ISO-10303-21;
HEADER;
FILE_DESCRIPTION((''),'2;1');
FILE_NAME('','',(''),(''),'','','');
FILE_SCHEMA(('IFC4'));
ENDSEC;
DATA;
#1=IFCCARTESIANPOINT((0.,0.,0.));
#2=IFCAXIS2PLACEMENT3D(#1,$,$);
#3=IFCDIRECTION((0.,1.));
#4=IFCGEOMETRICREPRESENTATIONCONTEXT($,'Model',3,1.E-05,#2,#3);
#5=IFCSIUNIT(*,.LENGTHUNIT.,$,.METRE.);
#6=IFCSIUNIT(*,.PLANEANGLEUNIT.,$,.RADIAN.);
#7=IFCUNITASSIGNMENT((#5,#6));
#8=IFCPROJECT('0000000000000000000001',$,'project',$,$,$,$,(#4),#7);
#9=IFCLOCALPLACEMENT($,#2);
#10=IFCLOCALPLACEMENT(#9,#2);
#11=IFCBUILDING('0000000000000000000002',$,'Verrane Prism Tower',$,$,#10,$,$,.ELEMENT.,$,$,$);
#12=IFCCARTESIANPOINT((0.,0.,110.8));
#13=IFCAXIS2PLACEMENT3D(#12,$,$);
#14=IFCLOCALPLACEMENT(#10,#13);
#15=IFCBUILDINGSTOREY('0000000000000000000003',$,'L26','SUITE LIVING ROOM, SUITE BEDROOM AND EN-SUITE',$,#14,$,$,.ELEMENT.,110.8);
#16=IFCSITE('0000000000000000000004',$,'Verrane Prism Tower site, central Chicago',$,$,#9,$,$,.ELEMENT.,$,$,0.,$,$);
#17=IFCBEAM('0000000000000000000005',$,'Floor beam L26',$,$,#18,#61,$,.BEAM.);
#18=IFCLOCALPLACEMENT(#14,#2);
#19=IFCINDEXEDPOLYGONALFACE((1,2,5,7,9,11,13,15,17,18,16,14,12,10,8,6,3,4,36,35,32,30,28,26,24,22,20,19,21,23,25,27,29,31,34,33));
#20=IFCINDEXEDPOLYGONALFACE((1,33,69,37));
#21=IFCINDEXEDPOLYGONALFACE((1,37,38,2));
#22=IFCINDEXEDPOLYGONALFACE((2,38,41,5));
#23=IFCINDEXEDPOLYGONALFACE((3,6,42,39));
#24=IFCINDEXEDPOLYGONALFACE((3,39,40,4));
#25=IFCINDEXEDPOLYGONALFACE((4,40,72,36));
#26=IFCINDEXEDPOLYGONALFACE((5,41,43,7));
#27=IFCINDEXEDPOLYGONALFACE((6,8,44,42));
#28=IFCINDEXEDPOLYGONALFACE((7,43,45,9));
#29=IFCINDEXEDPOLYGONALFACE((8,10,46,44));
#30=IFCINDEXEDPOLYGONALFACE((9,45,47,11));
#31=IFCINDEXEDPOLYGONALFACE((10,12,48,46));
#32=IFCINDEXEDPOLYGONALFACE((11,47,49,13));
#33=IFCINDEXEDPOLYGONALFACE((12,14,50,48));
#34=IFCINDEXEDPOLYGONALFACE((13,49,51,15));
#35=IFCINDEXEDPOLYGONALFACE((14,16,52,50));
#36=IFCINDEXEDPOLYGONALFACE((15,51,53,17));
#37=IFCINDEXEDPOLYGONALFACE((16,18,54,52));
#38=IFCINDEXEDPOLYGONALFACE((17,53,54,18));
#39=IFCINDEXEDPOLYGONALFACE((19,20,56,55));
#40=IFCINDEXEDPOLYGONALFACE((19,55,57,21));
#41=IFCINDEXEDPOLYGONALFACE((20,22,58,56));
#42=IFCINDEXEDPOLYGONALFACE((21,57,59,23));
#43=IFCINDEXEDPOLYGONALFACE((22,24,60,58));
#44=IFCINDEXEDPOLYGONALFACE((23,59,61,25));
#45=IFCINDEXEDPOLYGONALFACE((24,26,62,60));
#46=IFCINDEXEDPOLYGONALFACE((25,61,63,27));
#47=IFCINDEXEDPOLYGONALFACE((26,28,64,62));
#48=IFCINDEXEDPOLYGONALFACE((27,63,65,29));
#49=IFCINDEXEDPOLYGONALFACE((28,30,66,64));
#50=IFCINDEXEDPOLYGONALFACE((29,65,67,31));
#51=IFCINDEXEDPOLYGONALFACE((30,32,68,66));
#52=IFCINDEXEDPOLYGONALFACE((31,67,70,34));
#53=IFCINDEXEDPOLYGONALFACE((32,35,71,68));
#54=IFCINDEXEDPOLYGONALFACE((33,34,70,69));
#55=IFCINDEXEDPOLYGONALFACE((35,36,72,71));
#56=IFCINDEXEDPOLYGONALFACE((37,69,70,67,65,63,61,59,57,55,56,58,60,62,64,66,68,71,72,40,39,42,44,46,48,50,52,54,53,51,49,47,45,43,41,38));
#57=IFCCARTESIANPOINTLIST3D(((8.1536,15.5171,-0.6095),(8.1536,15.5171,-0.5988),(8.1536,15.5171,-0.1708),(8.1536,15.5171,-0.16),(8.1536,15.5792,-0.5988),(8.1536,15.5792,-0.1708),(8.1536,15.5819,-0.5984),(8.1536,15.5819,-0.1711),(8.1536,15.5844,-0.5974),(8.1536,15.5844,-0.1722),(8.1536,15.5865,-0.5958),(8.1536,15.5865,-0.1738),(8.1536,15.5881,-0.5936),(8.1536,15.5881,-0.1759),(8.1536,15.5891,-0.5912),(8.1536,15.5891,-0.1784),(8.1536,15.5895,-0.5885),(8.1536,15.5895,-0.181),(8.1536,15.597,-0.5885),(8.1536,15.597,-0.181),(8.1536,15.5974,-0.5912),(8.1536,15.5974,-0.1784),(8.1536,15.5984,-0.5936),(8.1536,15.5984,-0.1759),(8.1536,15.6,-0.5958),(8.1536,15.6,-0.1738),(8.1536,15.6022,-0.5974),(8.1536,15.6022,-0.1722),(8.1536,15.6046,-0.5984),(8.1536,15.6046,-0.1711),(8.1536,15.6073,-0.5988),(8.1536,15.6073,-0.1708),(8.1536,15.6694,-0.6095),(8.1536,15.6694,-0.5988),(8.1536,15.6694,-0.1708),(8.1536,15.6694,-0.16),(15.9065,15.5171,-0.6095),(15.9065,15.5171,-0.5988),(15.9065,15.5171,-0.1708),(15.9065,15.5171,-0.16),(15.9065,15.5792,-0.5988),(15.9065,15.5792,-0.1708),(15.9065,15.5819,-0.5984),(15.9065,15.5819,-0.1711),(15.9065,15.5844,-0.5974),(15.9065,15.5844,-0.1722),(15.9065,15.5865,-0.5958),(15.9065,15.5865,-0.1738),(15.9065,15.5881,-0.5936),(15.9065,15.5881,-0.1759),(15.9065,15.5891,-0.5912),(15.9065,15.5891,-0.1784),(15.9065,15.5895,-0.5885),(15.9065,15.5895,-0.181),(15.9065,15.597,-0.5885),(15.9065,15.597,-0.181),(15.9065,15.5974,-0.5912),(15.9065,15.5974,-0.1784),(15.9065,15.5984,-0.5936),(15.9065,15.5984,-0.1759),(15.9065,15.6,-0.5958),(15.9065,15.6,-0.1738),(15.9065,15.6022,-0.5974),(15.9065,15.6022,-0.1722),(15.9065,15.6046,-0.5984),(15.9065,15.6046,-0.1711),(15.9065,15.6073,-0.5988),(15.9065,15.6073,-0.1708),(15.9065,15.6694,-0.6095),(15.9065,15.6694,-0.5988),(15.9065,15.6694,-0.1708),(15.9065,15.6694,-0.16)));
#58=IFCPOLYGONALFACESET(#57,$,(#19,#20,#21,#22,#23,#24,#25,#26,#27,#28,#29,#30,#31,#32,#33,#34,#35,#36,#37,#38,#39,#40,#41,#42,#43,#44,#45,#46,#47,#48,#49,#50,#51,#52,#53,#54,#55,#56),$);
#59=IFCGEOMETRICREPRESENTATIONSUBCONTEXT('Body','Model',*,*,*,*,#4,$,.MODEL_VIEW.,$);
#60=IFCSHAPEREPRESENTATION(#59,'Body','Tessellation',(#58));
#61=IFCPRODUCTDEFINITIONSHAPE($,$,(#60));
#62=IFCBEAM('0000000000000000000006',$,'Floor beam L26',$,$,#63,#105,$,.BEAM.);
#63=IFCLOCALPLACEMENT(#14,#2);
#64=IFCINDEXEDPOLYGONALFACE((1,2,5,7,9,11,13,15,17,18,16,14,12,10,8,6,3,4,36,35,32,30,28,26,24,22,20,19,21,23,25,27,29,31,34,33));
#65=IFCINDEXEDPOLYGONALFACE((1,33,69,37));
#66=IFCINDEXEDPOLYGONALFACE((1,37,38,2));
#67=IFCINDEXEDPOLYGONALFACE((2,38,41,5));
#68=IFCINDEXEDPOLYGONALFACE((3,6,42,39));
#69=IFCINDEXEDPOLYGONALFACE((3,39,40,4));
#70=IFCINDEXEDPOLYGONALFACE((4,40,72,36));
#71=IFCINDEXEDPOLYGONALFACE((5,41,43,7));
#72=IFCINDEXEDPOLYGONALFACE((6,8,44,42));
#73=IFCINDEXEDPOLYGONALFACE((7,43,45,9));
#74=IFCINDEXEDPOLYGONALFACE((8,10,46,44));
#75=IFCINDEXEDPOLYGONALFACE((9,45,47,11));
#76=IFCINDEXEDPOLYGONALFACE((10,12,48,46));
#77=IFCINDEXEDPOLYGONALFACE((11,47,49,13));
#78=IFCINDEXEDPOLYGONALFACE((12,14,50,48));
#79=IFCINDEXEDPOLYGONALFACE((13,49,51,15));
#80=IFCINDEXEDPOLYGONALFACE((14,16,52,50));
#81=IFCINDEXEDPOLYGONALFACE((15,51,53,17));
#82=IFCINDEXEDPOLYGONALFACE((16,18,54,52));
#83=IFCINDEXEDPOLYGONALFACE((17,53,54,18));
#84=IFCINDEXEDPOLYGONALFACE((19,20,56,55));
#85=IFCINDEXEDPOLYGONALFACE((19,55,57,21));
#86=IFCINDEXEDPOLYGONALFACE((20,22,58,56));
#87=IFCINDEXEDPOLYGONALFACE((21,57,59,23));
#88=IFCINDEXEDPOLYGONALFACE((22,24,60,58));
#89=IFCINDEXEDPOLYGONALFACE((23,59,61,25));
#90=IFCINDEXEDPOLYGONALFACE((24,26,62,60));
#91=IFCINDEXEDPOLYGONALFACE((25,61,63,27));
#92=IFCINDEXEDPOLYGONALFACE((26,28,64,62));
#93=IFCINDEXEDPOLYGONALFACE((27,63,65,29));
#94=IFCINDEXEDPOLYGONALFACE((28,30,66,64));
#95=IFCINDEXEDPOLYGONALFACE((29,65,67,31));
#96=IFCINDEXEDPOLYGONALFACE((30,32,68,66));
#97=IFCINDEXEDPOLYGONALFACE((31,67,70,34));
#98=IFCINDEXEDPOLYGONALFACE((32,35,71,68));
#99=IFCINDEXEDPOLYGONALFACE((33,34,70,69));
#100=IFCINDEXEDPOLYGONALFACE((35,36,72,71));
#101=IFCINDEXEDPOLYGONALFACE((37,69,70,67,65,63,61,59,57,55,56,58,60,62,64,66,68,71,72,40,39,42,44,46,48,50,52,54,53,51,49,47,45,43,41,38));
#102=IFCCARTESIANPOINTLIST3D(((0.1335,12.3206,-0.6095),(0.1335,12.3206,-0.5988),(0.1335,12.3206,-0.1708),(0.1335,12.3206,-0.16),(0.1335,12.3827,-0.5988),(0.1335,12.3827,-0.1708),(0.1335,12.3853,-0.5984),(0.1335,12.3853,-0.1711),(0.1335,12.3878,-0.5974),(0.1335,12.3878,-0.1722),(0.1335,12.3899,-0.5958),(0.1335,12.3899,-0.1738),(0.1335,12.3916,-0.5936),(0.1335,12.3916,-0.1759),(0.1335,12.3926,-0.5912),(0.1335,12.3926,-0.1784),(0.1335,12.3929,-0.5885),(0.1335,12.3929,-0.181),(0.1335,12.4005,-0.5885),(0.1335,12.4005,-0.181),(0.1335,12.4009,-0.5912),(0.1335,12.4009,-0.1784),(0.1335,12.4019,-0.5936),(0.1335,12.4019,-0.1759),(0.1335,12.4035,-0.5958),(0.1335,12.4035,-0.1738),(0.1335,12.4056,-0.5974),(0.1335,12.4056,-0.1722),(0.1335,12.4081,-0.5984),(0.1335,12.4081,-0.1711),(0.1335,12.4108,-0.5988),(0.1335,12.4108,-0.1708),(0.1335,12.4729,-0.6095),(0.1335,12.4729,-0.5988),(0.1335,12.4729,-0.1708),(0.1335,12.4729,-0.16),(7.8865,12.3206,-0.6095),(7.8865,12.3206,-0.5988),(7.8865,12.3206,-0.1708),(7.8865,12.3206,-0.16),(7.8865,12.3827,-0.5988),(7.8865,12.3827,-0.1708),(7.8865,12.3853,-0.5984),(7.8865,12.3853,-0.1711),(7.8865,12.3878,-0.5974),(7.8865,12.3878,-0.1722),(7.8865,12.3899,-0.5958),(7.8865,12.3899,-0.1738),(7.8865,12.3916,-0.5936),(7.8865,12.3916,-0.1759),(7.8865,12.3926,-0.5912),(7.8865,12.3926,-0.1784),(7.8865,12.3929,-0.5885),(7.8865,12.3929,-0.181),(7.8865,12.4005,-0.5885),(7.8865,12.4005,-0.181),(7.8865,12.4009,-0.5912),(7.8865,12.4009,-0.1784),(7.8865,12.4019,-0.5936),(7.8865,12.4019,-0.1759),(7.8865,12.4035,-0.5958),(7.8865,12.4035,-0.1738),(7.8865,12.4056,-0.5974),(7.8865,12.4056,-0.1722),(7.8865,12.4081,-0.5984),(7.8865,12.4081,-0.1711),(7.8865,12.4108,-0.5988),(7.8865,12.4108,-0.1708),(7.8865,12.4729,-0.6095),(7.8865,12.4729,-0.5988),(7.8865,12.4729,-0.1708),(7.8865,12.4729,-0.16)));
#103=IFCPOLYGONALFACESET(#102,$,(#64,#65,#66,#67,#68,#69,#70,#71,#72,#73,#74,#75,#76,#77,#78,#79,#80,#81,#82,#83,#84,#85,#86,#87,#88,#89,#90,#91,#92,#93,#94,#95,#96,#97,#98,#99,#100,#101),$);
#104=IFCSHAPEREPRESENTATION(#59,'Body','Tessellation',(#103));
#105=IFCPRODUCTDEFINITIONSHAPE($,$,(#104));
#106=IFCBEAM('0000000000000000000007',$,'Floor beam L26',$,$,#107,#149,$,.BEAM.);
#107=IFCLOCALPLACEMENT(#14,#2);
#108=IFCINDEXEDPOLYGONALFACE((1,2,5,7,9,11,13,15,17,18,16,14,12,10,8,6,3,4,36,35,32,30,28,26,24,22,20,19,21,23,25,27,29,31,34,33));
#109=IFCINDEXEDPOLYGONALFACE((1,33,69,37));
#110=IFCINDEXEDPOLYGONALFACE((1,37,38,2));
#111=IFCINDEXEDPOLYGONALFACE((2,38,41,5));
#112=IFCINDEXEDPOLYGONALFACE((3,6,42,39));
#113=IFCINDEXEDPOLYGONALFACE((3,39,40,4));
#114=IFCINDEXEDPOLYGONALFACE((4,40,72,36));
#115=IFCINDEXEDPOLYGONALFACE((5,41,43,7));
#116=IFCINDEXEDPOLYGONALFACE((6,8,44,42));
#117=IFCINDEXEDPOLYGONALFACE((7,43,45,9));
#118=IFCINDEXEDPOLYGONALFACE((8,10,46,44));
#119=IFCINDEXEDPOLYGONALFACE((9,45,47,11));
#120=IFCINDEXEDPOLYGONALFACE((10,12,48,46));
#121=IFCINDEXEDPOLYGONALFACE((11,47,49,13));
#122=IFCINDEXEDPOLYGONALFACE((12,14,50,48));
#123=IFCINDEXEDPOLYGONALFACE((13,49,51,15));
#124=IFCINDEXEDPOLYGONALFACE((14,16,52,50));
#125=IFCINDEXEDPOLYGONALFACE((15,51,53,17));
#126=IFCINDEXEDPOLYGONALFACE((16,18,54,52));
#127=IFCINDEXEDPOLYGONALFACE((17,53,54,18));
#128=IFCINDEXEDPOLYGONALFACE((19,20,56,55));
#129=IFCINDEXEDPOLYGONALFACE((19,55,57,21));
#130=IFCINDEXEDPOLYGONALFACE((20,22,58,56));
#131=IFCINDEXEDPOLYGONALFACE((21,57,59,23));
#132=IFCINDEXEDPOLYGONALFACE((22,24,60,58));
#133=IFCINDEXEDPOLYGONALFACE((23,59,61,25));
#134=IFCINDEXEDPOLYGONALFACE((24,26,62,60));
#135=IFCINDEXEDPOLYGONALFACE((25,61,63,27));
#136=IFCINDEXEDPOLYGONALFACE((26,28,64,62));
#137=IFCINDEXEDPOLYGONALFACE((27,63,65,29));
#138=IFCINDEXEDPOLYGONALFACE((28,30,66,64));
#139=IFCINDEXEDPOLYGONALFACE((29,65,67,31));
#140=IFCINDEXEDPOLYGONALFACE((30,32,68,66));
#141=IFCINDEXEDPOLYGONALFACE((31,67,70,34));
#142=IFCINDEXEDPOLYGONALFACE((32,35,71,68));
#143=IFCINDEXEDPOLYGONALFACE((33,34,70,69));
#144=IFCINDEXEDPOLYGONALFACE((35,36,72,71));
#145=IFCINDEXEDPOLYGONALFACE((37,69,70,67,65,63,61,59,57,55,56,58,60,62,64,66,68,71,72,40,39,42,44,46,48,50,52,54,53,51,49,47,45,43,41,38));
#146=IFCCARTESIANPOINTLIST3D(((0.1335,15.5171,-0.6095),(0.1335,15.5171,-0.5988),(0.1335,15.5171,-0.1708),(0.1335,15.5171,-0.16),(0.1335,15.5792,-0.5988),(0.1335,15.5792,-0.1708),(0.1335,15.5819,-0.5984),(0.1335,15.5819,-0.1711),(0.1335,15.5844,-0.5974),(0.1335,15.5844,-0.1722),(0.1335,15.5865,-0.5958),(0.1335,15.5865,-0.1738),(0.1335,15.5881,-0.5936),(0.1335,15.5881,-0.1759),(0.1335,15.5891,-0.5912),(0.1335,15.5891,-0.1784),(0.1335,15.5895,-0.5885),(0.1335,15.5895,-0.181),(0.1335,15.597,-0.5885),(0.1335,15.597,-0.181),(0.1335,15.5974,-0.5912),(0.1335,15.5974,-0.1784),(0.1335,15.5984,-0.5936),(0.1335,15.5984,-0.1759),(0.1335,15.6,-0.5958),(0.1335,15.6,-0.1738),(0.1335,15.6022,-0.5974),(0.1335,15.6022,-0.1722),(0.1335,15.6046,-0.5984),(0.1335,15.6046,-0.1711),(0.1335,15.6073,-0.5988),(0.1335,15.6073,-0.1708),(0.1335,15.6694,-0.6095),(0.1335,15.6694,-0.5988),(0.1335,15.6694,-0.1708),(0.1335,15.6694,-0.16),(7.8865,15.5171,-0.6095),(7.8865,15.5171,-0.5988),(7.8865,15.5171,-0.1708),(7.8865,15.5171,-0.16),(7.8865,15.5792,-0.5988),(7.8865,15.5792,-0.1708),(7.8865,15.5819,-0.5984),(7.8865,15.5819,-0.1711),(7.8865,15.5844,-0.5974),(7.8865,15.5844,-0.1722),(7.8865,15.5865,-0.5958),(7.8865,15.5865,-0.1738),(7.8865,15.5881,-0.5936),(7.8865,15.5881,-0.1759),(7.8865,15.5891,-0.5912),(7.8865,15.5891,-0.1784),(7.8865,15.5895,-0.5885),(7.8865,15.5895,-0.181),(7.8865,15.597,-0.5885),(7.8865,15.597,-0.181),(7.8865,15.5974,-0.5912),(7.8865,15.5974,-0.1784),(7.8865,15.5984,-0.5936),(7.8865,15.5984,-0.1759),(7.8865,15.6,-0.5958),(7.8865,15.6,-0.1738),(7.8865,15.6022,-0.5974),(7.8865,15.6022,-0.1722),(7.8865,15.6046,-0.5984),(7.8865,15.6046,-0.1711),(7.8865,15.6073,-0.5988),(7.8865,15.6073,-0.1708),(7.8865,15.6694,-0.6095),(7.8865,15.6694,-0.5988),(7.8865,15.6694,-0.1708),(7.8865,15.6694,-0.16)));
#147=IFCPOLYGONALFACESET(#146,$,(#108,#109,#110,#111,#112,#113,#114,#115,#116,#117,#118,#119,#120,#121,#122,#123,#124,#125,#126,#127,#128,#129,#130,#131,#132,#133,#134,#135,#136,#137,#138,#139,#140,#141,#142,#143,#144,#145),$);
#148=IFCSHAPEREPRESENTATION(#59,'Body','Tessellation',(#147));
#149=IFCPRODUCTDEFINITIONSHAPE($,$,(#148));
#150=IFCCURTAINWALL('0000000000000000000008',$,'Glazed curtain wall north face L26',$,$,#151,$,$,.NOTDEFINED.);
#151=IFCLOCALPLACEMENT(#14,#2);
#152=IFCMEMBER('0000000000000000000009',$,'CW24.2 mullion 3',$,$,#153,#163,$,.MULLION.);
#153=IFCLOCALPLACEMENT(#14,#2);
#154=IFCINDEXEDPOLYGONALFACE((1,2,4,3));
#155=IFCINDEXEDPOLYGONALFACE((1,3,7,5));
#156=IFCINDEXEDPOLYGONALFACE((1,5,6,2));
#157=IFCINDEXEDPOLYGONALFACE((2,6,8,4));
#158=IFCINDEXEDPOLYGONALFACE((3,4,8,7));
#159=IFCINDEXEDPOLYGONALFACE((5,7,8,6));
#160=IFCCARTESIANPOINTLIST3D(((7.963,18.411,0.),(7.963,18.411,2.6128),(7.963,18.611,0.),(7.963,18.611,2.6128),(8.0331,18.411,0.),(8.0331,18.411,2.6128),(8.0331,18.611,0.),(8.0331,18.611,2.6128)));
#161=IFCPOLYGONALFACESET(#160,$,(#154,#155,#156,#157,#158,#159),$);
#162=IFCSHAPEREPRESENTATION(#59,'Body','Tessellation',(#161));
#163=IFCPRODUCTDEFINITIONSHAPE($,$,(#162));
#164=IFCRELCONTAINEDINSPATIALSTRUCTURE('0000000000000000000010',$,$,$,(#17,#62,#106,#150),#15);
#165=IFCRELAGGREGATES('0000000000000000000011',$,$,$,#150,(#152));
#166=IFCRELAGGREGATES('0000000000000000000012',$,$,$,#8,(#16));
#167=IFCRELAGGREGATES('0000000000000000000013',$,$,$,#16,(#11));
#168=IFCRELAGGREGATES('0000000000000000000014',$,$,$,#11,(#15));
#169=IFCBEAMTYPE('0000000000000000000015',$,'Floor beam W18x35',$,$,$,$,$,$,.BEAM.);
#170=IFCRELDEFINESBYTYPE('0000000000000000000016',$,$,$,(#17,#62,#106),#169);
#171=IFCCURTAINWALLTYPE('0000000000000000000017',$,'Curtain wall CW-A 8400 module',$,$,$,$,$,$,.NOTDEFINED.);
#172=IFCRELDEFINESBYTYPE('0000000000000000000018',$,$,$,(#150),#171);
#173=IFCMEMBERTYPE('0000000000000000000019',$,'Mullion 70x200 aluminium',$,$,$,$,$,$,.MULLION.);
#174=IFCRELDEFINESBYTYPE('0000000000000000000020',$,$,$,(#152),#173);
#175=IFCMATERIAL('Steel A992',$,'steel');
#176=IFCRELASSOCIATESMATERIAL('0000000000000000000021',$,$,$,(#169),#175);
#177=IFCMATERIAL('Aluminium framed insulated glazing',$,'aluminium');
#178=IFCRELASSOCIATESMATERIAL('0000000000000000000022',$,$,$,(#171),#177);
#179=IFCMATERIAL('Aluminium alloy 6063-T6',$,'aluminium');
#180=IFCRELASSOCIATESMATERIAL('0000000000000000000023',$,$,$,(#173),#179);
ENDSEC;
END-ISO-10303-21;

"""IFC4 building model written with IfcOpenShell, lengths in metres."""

from ifc_helpers import new_model, si_unit, direction, frame, origin, origin_2d, place, context, subcontext, project, spatial, rectangle, i_section, extrude, material, material_profile, profile_set, type_object, element, aggregate, save


model = new_model("IFC4")

# Units and contexts
model_context = context("Model", 3, precision=1e-05, world=origin(), true_north=direction((0.0, 1.0)))
body_context = subcontext(model_context, "Body", "Model", "MODEL_VIEW")
ifc_project = project(units=[si_unit("LENGTHUNIT", "METRE"), si_unit("PLANEANGLEUNIT", "RADIAN")], contexts=[model_context])

# Site, building, storey
site_placement = place(None, origin())
site = spatial("IfcSite", under=ifc_project, at=site_placement, Name="Verrane Prism Tower site, central Chicago", CompositionType="ELEMENT", RefElevation=0.0)
building_placement = place(site_placement, origin())
building = spatial("IfcBuilding", under=site, at=building_placement, Name="Verrane Prism Tower", CompositionType="ELEMENT")
storey_placement = place(building_placement, frame((0.0, 0.0, 110.8)))
storey = spatial("IfcBuildingStorey", under=building, at=storey_placement, Name="L26", Description="SUITE LIVING ROOM, SUITE BEDROOM AND EN-SUITE", CompositionType="ELEMENT", Elevation=110.8)

# Beams
ifc_material_1 = material(Name="Steel A992", Category="steel")
ifc_material_profile_1 = material_profile(ifc_material_1, i_section(OverallWidth=0.1523, OverallDepth=0.4495, WebThickness=0.0076, FlangeThickness=0.0107, FilletRadius=0.0103, at=origin_2d()), Name="W18x35")
ifc_profile_set_1 = profile_set([ifc_material_profile_1], Name="Steel A992")
beam_type_1 = type_object("IfcBeamType", Name="Floor beam W18x35", PredefinedType="BEAM", material=ifc_profile_set_1)
for number, where, z_axis, x_axis, name in (
    (1, (8.1536, 15.5933, -0.3848), (1.0, 0.0, 0.0), (0.0, 1.0, 0.0), "Floor beam L26"),
    (2, (0.1335, 12.3967, -0.3848), (1.0, 0.0, 0.0), (0.0, 1.0, 0.0), "Floor beam L26"),
    (3, (0.1335, 15.5933, -0.3848), (1.0, 0.0, 0.0), (0.0, 1.0, 0.0), "Floor beam L26"),
):
    element("IfcBeam", number, at=place(storey_placement, frame(where, z_axis=z_axis, x_axis=x_axis)), inside=storey, type_object=beam_type_1, Name=name, PredefinedType="BEAM", context=body_context, shape_type="SweptSolid", body=[
        extrude(i_section(OverallWidth=0.1523, OverallDepth=0.4495, WebThickness=0.0076, FlangeThickness=0.0107, FilletRadius=0.0103, at=origin_2d()), origin(), (0.0, 0.0, 1.0), 7.7529),
    ])

# Curtain wall, member
ifc_material_2 = material(Name="Aluminium framed insulated glazing", Category="aluminium")
curtain_wall_type = type_object("IfcCurtainWallType", Name="Curtain wall CW-A 8400 module", PredefinedType="NOTDEFINED", material=ifc_material_2)
curtain_wall_placement = place(storey_placement, origin())
curtain_wall = element("IfcCurtainWall", 4, at=curtain_wall_placement, inside=storey, type_object=curtain_wall_type, Name="Glazed curtain wall north face L26", PredefinedType="NOTDEFINED")
ifc_material_3 = material(Name="Aluminium alloy 6063-T6", Category="aluminium")
ifc_material_profile_2 = material_profile(ifc_material_3, rectangle(XDim=0.2, YDim=0.0701, at=origin_2d()), Name="Mullion 70x200 aluminium")
ifc_profile_set_2 = profile_set([ifc_material_profile_2], Name="Aluminium alloy 6063-T6")
member_type_1 = type_object("IfcMemberType", Name="Mullion 70x200 aluminium", PredefinedType="MULLION", material=ifc_profile_set_2)
member_1_placement = place(storey_placement, frame((7.998, 18.511, 0.0), z_axis=(0.0, 0.0, 1.0), x_axis=(0.0, -1.0, 0.0)))
member_1 = element("IfcMember", 5, at=member_1_placement, type_object=member_type_1, Name="CW24.2 mullion 3", PredefinedType="MULLION", context=body_context, shape_type="SweptSolid", body=[
    extrude(rectangle(XDim=0.2, YDim=0.0701, at=origin_2d()), origin(), (0.0, 0.0, 1.0), 2.6128),
])

aggregate(curtain_wall, [member_1])

save(model, "model.ifc")
